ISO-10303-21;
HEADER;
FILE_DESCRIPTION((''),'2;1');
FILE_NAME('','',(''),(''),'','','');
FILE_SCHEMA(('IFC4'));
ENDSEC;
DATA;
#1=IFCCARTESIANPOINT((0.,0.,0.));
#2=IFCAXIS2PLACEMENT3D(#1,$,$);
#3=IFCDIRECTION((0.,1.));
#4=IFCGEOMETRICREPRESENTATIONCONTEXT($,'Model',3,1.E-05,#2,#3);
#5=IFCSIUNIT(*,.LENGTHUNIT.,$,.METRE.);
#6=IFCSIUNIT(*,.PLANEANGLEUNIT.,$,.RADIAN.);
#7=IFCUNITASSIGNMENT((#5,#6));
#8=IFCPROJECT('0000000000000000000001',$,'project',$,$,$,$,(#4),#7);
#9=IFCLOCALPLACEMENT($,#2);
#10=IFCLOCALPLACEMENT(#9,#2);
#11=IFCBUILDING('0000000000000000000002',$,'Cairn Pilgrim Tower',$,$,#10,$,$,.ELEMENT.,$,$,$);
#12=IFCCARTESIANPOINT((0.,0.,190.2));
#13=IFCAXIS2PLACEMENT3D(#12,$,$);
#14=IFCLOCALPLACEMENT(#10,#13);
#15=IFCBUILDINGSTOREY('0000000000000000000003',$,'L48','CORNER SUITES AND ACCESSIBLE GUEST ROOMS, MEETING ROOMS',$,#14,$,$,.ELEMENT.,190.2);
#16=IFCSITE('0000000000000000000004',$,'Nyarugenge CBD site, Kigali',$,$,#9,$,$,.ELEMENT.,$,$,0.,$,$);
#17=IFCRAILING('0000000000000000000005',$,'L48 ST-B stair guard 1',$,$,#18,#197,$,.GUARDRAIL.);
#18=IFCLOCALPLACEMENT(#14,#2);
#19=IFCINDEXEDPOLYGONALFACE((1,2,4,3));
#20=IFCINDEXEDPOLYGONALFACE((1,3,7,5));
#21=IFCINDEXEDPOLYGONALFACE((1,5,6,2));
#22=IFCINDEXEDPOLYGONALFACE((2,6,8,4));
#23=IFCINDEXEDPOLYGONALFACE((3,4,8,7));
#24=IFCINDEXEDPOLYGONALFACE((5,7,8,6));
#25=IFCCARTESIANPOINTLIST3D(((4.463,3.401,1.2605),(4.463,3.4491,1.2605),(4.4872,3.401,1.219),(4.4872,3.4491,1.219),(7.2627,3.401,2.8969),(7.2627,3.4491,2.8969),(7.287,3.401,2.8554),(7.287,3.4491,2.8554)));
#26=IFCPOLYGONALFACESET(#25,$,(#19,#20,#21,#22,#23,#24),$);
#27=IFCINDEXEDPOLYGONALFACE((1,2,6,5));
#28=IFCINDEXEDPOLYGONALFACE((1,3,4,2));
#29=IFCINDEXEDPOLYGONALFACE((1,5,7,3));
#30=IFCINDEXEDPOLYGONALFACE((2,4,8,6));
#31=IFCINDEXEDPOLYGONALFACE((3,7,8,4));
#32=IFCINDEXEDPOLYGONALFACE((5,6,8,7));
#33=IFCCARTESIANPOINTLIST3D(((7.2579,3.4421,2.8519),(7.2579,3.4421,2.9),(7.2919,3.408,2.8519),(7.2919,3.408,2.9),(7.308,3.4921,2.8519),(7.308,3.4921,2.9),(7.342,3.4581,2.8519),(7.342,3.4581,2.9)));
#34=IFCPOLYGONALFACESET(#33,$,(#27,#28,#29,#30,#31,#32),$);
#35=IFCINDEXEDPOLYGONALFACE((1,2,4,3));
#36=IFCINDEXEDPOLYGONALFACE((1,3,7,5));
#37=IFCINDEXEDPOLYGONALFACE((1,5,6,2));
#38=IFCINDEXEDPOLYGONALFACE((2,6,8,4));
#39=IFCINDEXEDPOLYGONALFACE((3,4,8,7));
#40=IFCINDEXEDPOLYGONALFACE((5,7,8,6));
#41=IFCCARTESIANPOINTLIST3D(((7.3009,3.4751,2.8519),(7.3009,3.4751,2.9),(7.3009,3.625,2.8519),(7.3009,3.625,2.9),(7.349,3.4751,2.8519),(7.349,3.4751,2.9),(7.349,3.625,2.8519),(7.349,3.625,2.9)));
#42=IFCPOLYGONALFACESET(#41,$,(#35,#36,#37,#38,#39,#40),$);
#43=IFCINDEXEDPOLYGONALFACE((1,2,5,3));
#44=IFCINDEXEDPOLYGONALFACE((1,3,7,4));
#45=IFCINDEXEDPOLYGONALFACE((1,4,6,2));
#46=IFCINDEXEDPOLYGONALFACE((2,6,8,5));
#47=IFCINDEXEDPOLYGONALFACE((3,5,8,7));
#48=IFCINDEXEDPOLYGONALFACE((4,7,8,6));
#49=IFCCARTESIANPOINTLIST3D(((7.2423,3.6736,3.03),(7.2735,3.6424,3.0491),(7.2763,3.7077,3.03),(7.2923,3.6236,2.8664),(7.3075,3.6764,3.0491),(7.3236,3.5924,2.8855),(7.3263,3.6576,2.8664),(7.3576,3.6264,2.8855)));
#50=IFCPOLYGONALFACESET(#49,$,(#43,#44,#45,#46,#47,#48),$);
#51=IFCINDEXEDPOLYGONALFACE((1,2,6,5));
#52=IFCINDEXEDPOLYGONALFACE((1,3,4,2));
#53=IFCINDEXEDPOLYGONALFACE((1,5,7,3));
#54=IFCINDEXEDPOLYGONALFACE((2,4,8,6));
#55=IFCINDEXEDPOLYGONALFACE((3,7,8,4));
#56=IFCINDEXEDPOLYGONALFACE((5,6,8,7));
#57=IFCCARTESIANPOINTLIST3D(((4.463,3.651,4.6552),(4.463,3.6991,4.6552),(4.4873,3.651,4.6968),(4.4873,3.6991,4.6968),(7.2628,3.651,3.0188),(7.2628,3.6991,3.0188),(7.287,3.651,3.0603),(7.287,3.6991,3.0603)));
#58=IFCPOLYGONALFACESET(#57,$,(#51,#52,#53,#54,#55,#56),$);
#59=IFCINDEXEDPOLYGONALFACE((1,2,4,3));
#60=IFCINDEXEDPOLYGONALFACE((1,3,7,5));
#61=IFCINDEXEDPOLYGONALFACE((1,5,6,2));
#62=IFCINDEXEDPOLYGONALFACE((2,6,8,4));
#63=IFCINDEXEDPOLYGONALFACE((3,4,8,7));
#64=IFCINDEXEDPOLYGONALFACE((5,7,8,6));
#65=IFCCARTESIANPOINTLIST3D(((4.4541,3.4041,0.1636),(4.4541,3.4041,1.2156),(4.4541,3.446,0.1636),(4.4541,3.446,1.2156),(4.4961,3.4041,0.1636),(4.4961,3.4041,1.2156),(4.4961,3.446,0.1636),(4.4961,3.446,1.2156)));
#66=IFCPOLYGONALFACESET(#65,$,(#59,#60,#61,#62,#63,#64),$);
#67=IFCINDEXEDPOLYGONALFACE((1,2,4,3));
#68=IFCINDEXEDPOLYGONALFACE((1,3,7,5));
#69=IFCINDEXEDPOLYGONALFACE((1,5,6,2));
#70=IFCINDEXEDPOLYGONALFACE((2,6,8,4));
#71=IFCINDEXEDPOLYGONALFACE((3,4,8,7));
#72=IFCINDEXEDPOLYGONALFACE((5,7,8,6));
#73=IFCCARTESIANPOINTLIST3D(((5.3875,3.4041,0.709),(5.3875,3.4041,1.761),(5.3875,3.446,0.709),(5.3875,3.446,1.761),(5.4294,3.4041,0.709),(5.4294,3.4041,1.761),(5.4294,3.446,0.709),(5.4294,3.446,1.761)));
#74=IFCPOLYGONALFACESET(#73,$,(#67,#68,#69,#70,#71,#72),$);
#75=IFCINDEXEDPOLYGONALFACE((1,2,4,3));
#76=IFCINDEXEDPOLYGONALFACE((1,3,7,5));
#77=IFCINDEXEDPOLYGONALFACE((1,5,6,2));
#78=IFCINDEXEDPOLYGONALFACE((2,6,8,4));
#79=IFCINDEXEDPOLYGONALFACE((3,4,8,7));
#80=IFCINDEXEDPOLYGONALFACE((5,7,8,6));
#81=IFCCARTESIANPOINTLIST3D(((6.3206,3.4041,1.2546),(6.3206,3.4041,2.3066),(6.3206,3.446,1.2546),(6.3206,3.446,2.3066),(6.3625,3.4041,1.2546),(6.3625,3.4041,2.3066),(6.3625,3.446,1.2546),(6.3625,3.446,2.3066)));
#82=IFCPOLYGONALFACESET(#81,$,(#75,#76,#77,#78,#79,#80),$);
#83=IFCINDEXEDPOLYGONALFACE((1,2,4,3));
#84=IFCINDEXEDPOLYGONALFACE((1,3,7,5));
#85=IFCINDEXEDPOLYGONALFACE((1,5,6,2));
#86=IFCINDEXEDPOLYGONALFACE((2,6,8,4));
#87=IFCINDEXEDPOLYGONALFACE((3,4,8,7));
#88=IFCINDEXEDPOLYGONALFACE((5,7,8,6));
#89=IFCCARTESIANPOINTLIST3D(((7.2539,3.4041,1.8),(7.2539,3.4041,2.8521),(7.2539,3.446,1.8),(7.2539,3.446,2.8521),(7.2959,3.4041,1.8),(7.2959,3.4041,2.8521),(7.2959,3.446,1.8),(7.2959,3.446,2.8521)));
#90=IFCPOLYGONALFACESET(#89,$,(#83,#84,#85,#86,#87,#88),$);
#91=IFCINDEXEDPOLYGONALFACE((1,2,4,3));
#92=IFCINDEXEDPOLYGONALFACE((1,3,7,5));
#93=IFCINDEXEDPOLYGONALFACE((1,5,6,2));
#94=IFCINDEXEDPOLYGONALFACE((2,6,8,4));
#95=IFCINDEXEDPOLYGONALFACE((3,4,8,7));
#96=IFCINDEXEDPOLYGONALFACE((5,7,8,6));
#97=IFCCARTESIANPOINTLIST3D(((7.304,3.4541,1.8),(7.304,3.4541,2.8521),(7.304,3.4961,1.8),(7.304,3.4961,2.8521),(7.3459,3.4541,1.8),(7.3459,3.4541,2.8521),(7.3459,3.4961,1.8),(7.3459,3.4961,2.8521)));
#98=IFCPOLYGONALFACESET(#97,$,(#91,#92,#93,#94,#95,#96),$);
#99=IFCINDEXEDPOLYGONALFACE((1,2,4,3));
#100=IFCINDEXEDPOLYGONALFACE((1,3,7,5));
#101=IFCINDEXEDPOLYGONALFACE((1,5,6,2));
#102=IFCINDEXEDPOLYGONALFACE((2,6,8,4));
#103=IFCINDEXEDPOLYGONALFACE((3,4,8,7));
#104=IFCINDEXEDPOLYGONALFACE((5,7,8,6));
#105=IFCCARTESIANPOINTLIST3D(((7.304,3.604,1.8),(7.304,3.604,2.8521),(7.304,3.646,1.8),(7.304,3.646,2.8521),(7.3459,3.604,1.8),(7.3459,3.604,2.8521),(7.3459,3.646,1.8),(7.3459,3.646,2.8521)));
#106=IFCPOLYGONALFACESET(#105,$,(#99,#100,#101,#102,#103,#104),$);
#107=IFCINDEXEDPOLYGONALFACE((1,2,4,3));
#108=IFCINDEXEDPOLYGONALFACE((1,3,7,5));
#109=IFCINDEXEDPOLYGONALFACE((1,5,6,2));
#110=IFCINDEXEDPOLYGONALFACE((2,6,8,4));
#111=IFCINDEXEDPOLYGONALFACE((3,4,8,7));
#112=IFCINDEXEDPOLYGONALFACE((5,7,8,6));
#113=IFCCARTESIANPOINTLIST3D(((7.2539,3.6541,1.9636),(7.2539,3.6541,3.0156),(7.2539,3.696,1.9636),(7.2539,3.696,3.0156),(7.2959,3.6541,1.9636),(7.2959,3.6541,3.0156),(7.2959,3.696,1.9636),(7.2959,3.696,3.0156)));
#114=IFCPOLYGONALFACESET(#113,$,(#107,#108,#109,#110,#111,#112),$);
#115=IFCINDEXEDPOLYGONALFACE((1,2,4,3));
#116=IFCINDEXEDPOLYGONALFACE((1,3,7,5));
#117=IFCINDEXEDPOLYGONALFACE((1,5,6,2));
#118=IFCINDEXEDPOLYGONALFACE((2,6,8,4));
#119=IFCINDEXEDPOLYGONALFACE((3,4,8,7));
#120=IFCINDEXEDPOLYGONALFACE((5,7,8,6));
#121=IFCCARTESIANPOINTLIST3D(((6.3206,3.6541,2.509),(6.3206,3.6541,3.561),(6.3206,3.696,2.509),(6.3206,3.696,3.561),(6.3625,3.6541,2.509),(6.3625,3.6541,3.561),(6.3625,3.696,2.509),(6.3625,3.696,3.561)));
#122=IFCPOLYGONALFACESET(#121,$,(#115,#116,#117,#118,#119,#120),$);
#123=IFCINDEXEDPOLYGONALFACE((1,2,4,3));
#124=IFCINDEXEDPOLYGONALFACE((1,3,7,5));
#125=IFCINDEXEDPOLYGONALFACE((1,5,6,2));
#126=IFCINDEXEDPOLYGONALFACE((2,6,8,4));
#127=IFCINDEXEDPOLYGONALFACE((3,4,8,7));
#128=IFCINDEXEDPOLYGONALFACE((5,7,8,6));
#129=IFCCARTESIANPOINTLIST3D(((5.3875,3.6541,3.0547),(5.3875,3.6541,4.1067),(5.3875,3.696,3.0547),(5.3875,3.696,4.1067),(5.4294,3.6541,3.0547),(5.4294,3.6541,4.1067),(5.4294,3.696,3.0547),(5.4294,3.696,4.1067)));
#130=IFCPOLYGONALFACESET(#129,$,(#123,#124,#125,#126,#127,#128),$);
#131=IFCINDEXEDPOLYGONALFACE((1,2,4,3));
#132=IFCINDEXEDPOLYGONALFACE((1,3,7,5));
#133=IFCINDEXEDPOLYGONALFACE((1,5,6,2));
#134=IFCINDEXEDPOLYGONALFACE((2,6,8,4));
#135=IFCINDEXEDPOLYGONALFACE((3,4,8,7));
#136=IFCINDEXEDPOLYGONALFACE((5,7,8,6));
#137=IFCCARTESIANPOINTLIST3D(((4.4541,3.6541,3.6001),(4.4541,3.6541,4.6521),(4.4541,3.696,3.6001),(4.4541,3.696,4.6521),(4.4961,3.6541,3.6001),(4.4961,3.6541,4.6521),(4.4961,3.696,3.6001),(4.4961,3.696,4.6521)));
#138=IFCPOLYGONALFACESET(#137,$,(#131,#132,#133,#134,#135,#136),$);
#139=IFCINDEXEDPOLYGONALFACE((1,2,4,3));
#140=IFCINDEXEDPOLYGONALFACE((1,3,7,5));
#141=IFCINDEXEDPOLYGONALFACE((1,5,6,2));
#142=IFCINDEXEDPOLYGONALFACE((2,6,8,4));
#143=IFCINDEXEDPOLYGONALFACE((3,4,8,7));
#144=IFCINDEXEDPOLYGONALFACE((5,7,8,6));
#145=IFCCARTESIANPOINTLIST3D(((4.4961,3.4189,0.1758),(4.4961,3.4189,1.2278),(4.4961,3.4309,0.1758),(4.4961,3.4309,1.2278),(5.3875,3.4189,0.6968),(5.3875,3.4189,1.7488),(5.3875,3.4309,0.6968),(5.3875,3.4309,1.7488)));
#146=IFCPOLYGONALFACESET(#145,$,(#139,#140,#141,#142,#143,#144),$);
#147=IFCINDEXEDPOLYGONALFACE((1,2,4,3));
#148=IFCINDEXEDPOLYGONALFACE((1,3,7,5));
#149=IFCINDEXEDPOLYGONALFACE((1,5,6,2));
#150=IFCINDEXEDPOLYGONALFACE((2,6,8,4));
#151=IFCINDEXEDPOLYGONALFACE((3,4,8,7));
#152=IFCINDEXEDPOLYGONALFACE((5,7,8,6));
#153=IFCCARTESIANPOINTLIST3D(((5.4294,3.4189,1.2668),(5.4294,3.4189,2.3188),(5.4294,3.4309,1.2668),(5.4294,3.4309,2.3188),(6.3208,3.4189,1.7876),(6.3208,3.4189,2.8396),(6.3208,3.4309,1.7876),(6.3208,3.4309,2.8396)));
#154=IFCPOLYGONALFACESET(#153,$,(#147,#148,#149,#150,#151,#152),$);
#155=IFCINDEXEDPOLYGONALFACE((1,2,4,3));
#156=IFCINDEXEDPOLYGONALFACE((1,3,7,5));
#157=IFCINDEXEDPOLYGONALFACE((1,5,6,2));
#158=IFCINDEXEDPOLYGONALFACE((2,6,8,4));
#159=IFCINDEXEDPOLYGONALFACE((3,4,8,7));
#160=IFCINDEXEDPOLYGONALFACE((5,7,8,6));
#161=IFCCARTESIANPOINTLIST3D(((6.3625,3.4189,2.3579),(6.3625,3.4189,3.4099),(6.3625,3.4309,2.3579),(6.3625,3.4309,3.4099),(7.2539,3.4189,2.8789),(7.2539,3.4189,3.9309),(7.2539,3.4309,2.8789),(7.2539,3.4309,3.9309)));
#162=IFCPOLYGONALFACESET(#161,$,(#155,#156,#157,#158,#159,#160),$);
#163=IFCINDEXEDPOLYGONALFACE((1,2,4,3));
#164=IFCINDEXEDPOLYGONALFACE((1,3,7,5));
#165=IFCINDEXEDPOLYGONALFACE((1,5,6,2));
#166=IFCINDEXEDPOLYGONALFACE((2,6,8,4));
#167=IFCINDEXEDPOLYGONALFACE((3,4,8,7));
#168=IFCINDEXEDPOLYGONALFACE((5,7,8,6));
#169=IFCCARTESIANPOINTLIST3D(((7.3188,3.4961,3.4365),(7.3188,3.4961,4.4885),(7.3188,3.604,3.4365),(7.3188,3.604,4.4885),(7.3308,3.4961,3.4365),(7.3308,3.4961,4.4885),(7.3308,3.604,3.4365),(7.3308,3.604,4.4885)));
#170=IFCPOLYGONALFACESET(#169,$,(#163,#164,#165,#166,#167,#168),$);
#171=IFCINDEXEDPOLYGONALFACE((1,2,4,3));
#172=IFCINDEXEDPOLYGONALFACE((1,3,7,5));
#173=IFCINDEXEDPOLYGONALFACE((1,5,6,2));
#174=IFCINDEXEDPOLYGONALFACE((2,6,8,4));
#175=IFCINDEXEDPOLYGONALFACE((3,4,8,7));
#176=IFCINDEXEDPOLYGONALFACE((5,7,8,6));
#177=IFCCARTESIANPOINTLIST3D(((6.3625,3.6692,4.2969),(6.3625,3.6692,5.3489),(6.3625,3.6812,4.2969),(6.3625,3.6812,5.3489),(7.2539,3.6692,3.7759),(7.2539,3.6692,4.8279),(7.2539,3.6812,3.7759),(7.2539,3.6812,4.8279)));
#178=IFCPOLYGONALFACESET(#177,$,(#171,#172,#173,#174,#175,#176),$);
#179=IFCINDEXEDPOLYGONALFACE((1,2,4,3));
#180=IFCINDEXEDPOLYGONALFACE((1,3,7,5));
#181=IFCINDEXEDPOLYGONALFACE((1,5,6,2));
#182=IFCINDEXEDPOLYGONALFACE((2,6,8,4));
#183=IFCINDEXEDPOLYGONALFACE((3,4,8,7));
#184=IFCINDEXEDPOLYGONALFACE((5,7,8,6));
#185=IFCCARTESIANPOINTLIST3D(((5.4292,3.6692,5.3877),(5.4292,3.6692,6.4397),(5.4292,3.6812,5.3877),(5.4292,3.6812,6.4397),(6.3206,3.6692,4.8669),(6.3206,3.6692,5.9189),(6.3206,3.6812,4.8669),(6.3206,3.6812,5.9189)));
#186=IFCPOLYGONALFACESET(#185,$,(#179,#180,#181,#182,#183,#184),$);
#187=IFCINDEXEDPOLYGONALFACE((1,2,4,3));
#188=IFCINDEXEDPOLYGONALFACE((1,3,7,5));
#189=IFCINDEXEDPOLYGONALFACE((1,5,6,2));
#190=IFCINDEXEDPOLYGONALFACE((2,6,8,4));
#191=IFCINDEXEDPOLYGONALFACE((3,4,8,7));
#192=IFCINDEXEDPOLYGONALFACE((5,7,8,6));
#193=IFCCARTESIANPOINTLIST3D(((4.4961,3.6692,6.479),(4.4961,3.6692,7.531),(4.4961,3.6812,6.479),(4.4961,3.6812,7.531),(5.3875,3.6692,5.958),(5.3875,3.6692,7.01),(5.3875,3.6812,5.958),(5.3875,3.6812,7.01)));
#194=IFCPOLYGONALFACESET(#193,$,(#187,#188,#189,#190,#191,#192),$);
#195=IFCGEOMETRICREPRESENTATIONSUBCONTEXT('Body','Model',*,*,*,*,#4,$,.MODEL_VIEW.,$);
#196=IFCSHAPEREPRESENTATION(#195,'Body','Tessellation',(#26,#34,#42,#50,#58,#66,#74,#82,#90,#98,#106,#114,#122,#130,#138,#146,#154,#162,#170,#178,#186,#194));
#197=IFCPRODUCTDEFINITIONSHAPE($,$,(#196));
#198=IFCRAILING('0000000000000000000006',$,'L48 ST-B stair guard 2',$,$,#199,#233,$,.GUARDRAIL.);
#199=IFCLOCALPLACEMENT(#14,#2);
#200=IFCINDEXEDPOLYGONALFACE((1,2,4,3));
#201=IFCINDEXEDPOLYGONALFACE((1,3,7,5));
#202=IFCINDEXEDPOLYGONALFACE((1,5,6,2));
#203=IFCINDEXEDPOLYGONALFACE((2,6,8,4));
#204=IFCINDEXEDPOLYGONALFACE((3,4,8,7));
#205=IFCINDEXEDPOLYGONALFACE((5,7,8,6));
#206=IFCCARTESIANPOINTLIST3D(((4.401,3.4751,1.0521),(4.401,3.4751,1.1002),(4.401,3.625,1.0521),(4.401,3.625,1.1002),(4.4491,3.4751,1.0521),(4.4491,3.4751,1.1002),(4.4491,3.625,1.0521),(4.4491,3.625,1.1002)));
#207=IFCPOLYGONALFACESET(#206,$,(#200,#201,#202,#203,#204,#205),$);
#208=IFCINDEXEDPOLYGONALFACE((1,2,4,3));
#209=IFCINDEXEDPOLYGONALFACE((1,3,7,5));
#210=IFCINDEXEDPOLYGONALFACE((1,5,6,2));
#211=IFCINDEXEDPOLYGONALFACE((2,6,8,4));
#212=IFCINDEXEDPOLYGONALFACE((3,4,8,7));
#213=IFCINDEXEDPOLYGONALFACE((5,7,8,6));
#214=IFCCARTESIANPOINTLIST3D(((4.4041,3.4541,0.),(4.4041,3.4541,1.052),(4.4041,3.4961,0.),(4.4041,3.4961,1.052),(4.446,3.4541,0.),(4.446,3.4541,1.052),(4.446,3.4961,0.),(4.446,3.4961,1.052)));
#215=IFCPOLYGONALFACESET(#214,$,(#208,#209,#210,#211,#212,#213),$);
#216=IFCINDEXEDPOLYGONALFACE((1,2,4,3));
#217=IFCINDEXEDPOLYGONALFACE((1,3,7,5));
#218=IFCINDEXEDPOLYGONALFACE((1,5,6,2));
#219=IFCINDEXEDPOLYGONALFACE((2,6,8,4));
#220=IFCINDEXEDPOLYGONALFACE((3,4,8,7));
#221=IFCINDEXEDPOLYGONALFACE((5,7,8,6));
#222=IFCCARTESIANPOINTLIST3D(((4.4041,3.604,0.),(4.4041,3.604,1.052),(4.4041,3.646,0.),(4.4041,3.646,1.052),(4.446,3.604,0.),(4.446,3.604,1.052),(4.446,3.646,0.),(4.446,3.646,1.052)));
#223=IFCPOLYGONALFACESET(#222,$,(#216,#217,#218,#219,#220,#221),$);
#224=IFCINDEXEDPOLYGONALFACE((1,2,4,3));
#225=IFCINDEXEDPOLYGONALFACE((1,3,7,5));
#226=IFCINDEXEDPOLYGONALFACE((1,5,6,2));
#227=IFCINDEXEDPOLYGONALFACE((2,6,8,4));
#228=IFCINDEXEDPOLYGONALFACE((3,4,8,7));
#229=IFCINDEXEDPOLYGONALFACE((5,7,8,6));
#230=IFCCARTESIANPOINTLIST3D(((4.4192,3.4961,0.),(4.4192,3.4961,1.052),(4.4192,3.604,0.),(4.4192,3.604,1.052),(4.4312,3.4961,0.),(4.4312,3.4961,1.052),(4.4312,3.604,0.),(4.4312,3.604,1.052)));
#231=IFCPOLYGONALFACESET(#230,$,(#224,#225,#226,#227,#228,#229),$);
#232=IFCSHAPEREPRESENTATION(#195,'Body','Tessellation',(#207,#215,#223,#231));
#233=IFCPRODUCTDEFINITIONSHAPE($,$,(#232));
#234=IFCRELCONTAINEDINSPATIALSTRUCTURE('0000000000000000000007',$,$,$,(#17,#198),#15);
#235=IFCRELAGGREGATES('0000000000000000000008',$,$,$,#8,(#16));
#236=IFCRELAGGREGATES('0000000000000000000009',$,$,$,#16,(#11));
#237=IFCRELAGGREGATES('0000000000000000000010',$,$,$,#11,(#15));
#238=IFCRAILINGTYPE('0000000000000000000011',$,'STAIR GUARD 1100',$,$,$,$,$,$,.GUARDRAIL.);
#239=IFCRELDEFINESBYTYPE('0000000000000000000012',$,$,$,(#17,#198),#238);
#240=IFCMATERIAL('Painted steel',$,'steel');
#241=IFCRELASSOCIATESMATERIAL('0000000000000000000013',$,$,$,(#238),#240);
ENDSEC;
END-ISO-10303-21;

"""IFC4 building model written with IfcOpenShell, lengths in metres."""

from ifc_helpers import new_model, si_unit, direction, frame, origin, origin_2d, place, context, subcontext, project, spatial, polyline, rectangle, outline, extrude, material, type_object, element, save


model = new_model("IFC4")

# Units and contexts
model_context = context("Model", 3, precision=1e-05, world=origin(), true_north=direction((0.0, 1.0)))
body_context = subcontext(model_context, "Body", "Model", "MODEL_VIEW")
ifc_project = project(units=[si_unit("LENGTHUNIT", "METRE"), si_unit("PLANEANGLEUNIT", "RADIAN")], contexts=[model_context])

# Site, building, storey
site_placement = place(None, origin())
site = spatial("IfcSite", under=ifc_project, at=site_placement, Name="Nyarugenge CBD site, Kigali", CompositionType="ELEMENT", RefElevation=0.0)
building_placement = place(site_placement, origin())
building = spatial("IfcBuilding", under=site, at=building_placement, Name="Cairn Pilgrim Tower", CompositionType="ELEMENT")
storey_placement = place(building_placement, frame((0.0, 0.0, 190.2)))
storey = spatial("IfcBuildingStorey", under=building, at=storey_placement, Name="L48", Description="CORNER SUITES AND ACCESSIBLE GUEST ROOMS, MEETING ROOMS", CompositionType="ELEMENT", Elevation=190.2)

# Shared definitions
ifc_material_1 = material(Name="Painted steel", Category="steel")

# Railings
railing_type_1 = type_object("IfcRailingType", Name="STAIR GUARD 1100", PredefinedType="GUARDRAIL", material=ifc_material_1)
railing_1_placement = place(storey_placement, frame((4.4751, 3.425, 0.1636)))
element("IfcRailing", 1, at=railing_1_placement, inside=storey, type_object=railing_type_1, Name="L48 ST-B stair guard 1", PredefinedType="GUARDRAIL", context=body_context, shape_type="SweptSolid", body=[
    extrude(rectangle(XDim=0.0481, YDim=0.0481, at=origin_2d()), frame((0.0, 0.0, 1.0762), z_axis=(0.863342, 0.0, 0.50462), x_axis=(0.0, 1.0, 0.0)), (0.0, 0.0, 1.0), 3.2429),
    extrude(rectangle(XDim=0.0481, YDim=0.0481, at=origin_2d()), frame((2.7998, 0.0, 2.7124), z_axis=(0.707107, 0.707107, 0.0), x_axis=(-0.707107, 0.707107, 0.0)), (0.0, 0.0, 1.0), 0.0708),
    extrude(rectangle(XDim=0.0481, YDim=0.0481, at=origin_2d()), frame((2.8499, 0.05, 2.7124), z_axis=(0.0, 1.0, 0.0), x_axis=(-1.0, 0.0, 0.0)), (0.0, 0.0, 1.0), 0.1499),
    extrude(rectangle(XDim=0.0481, YDim=0.0481, at=origin_2d()), frame((2.8499, 0.2, 2.7124), z_axis=(-0.280809, 0.280809, 0.917765), x_axis=(-0.707107, -0.707107, 0.0)), (0.0, 0.0, 1.0), 0.1782),
    extrude(rectangle(XDim=0.0481, YDim=0.0481, at=origin_2d()), frame((2.7998, 0.25, 2.876), z_axis=(-0.863342, 0.0, 0.50462), x_axis=(0.0, -1.0, 0.0)), (0.0, 0.0, 1.0), 3.2429),
    extrude(rectangle(XDim=0.042, YDim=0.042, at=origin_2d()), origin(), (0.0, 0.0, 1.0), 1.052),
    extrude(rectangle(XDim=0.042, YDim=0.042, at=origin_2d()), frame((0.9333, 0.0, 0.5454)), (0.0, 0.0, 1.0), 1.052),
    extrude(rectangle(XDim=0.042, YDim=0.042, at=origin_2d()), frame((1.8665, 0.0, 1.0911)), (0.0, 0.0, 1.0), 1.052),
    extrude(rectangle(XDim=0.042, YDim=0.042, at=origin_2d()), frame((2.7998, 0.0, 1.6365)), (0.0, 0.0, 1.0), 1.052),
    extrude(rectangle(XDim=0.042, YDim=0.042, at=origin_2d()), frame((2.8499, 0.05, 1.6365)), (0.0, 0.0, 1.0), 1.052),
    extrude(rectangle(XDim=0.042, YDim=0.042, at=origin_2d()), frame((2.8499, 0.2, 1.6365)), (0.0, 0.0, 1.0), 1.052),
    extrude(rectangle(XDim=0.042, YDim=0.042, at=origin_2d()), frame((2.7998, 0.25, 1.8)), (0.0, 0.0, 1.0), 1.052),
    extrude(rectangle(XDim=0.042, YDim=0.042, at=origin_2d()), frame((1.8665, 0.25, 2.3455)), (0.0, 0.0, 1.0), 1.052),
    extrude(rectangle(XDim=0.042, YDim=0.042, at=origin_2d()), frame((0.9333, 0.25, 2.8911)), (0.0, 0.0, 1.0), 1.052),
    extrude(rectangle(XDim=0.042, YDim=0.042, at=origin_2d()), frame((0.0, 0.25, 3.4365)), (0.0, 0.0, 1.0), 1.052),
    extrude(outline(polyline([(0.021, 0.0122), (0.9124, 0.5332), (0.9124, 1.5852), (0.021, 1.0642), (0.021, 0.0122)])), frame((0.0, 0.0059, 0.0), z_axis=(0.0, -1.0, 0.0), x_axis=(1.0, 0.0, 0.0)), (0.0, 0.0, 1.0), 0.012),
    extrude(outline(polyline([(0.021, 0.5579), (0.9124, 1.0786), (0.9124, 2.1306), (0.021, 1.6099), (0.021, 0.5579)])), frame((0.9333, 0.0059, 0.5454), z_axis=(0.0, -1.0, 0.0), x_axis=(1.0, 0.0, 0.0)), (0.0, 0.0, 1.0), 0.012),
    extrude(outline(polyline([(0.021, 1.1033), (0.9124, 1.6243), (0.9124, 2.6763), (0.021, 2.1553), (0.021, 1.1033)])), frame((1.8665, 0.0059, 1.0911), z_axis=(0.0, -1.0, 0.0), x_axis=(1.0, 0.0, 0.0)), (0.0, 0.0, 1.0), 0.012),
    extrude(outline(polyline([(0.021, 1.6365), (0.1289, 1.6365), (0.1289, 2.6885), (0.021, 2.6885), (0.021, 1.6365)])), frame((2.8438, 0.05, 1.6365), z_axis=(1.0, 0.0, 0.0), x_axis=(0.0, 1.0, 0.0)), (0.0, 0.0, 1.0), 0.012),
    extrude(outline(polyline([(0.021, 1.8123), (0.9124, 2.3333), (0.9124, 3.3853), (0.021, 2.8643), (0.021, 1.8123)])), frame((2.7998, 0.2441, 1.8), z_axis=(0.0, 1.0, 0.0), x_axis=(-1.0, 0.0, 0.0)), (0.0, 0.0, 1.0), 0.012),
    extrude(outline(polyline([(0.021, 2.3579), (0.9124, 2.8787), (0.9124, 3.9307), (0.021, 3.4099), (0.021, 2.3579)])), frame((1.8665, 0.2441, 2.3455), z_axis=(0.0, 1.0, 0.0), x_axis=(-1.0, 0.0, 0.0)), (0.0, 0.0, 1.0), 0.012),
    extrude(outline(polyline([(0.021, 2.9033), (0.9124, 3.4243), (0.9124, 4.4763), (0.021, 3.9553), (0.021, 2.9033)])), frame((0.9333, 0.2441, 2.8911), z_axis=(0.0, 1.0, 0.0), x_axis=(-1.0, 0.0, 0.0)), (0.0, 0.0, 1.0), 0.012),
])
railing_2_placement = place(storey_placement, frame((4.425, 3.4751, 0.0)))
element("IfcRailing", 2, at=railing_2_placement, inside=storey, type_object=railing_type_1, Name="L48 ST-B stair guard 2", PredefinedType="GUARDRAIL", context=body_context, shape_type="SweptSolid", body=[
    extrude(rectangle(XDim=0.0481, YDim=0.0481, at=origin_2d()), frame((0.0, 0.0, 1.0762), z_axis=(0.0, 1.0, 0.0), x_axis=(-1.0, 0.0, 0.0)), (0.0, 0.0, 1.0), 0.1499),
    extrude(rectangle(XDim=0.042, YDim=0.042, at=origin_2d()), origin(), (0.0, 0.0, 1.0), 1.052),
    extrude(rectangle(XDim=0.042, YDim=0.042, at=origin_2d()), frame((0.0, 0.1499, 0.0)), (0.0, 0.0, 1.0), 1.052),
    extrude(outline(polyline([(0.021, 0.0), (0.1289, 0.0), (0.1289, 1.052), (0.021, 1.052), (0.021, 0.0)])), frame((-0.0059, 0.0, 0.0), z_axis=(1.0, 0.0, 0.0), x_axis=(0.0, 1.0, 0.0)), (0.0, 0.0, 1.0), 0.012),
])

save(model, "model.ifc")
